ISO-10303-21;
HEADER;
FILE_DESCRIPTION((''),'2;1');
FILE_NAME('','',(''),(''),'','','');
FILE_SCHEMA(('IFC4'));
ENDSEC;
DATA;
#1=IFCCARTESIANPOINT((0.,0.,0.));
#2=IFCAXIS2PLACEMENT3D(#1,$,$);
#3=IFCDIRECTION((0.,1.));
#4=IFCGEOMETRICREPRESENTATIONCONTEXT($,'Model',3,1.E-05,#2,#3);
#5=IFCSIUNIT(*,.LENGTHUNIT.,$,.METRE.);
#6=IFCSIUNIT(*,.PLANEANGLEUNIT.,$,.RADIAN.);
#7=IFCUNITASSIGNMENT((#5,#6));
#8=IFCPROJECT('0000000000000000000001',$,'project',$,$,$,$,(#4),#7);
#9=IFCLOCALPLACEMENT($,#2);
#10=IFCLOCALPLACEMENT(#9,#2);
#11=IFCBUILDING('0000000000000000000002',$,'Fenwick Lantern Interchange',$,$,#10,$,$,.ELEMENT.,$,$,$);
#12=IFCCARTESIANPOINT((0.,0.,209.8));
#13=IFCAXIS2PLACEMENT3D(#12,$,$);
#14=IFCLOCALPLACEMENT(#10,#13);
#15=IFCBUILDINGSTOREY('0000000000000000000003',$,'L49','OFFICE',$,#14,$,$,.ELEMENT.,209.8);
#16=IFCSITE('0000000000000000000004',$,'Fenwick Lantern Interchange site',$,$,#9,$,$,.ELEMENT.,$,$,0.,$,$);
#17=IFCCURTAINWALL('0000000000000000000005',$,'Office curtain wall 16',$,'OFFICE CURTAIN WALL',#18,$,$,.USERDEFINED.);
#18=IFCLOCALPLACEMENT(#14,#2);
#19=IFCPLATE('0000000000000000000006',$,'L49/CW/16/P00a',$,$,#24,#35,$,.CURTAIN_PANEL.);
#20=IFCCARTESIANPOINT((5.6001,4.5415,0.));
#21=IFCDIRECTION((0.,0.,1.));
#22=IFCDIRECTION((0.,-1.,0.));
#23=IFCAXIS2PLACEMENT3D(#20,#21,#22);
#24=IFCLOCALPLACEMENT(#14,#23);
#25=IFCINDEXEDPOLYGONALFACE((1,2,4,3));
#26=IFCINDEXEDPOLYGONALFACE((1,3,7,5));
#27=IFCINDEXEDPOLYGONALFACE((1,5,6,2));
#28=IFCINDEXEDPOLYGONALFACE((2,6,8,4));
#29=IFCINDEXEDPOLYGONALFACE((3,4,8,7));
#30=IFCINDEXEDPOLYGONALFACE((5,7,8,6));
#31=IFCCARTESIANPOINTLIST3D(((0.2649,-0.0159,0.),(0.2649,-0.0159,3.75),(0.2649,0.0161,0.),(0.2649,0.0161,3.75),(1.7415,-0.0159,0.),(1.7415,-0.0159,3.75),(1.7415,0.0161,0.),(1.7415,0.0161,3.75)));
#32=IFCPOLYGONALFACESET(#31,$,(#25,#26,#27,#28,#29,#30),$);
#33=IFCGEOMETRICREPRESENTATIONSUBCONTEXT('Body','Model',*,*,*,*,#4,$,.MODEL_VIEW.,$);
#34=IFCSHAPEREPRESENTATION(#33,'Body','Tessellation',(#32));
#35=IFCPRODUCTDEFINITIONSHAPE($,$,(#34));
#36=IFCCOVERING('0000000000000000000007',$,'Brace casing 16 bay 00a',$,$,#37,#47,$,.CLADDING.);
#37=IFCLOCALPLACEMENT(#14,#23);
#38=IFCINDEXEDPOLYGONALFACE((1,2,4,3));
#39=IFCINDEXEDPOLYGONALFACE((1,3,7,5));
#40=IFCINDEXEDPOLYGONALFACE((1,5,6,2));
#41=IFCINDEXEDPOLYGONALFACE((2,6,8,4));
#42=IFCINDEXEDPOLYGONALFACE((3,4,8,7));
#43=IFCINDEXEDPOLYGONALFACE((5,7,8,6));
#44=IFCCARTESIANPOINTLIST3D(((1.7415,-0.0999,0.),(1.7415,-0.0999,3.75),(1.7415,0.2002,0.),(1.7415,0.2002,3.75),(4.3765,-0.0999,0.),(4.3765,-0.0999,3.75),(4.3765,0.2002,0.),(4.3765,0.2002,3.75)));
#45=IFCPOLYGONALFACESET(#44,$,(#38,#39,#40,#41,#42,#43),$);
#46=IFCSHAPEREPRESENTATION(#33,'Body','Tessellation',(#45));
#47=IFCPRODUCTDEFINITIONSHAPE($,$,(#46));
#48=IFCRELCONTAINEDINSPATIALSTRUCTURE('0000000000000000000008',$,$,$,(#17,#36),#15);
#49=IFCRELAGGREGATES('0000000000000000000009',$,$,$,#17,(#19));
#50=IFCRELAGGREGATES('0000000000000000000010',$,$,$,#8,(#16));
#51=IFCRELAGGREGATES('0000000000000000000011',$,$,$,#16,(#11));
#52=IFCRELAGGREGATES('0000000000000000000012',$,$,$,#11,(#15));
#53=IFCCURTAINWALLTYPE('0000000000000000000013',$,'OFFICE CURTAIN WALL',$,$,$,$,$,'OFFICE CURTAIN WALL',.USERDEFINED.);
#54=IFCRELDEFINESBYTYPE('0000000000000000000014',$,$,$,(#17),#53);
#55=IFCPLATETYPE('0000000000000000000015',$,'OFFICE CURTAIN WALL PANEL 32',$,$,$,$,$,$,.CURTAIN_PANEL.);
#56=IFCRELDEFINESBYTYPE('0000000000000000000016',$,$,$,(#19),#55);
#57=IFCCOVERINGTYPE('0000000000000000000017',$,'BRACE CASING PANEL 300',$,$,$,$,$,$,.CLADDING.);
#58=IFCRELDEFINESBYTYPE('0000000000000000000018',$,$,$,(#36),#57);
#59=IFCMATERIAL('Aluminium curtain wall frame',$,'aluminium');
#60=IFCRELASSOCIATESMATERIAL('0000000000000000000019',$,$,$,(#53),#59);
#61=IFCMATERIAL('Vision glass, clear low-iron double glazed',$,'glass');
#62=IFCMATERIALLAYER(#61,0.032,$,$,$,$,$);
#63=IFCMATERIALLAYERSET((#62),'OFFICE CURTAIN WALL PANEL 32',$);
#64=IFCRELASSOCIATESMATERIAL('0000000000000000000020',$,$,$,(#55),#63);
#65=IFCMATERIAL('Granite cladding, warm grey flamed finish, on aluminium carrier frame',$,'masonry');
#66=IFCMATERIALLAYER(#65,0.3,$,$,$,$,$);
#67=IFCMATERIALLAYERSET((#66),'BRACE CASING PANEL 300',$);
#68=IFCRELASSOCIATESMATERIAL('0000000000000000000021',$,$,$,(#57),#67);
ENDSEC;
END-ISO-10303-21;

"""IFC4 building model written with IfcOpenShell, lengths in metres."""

from ifc_helpers import new_model, si_unit, direction, frame, origin, place, context, subcontext, project, spatial, polyline, outline, extrude, material, layer, layer_set, type_object, element, aggregate, save


model = new_model("IFC4")

# Units and contexts
model_context = context("Model", 3, precision=1e-05, world=origin(), true_north=direction((0.0, 1.0)))
body_context = subcontext(model_context, "Body", "Model", "MODEL_VIEW")
ifc_project = project(units=[si_unit("LENGTHUNIT", "METRE"), si_unit("PLANEANGLEUNIT", "RADIAN")], contexts=[model_context])

# Site, building, storey
site_placement = place(None, origin())
site = spatial("IfcSite", under=ifc_project, at=site_placement, Name="Fenwick Lantern Interchange site", CompositionType="ELEMENT", RefElevation=0.0)
building_placement = place(site_placement, origin())
building = spatial("IfcBuilding", under=site, at=building_placement, Name="Fenwick Lantern Interchange", CompositionType="ELEMENT")
storey_placement = place(building_placement, frame((0.0, 0.0, 209.8)))
storey = spatial("IfcBuildingStorey", under=building, at=storey_placement, Name="L49", Description="OFFICE", CompositionType="ELEMENT", Elevation=209.8)

# Shared definitions
ifc_material_1 = material(Name="Aluminium curtain wall frame", Category="aluminium")
curtain_wall_type = type_object("IfcCurtainWallType", Name="OFFICE CURTAIN WALL", ElementType="OFFICE CURTAIN WALL", PredefinedType="USERDEFINED", material=ifc_material_1)

# Curtain wall
curtain_wall_1_placement = place(storey_placement, origin())
curtain_wall_1 = element("IfcCurtainWall", 1, at=curtain_wall_1_placement, inside=storey, type_object=curtain_wall_type, Name="Office curtain wall 16", ObjectType="OFFICE CURTAIN WALL", PredefinedType="USERDEFINED")

# Plate
ifc_material_2 = material(Name="Vision glass, clear low-iron double glazed", Category="glass")
ifc_layer_1 = layer(ifc_material_2, 0.032)
ifc_layer_set_1 = layer_set([ifc_layer_1], Name="OFFICE CURTAIN WALL PANEL 32")
plate_type = type_object("IfcPlateType", Name="OFFICE CURTAIN WALL PANEL 32", PredefinedType="CURTAIN_PANEL", material=ifc_layer_set_1)
plate_placement = place(storey_placement, frame((5.6001, 4.5415, 0.0), z_axis=(0.0, 0.0, 1.0), x_axis=(0.0, -1.0, 0.0)))
plate = element("IfcPlate", 2, at=plate_placement, type_object=plate_type, Name="L49/CW/16/P00a", PredefinedType="CURTAIN_PANEL", context=body_context, shape_type="SweptSolid", body=[
    extrude(outline(polyline([(0.2649, 0.0), (1.7415, 0.0), (1.7415, 3.75), (0.2649, 3.75), (0.2649, 0.0)])), frame((0.0, 0.0161, 0.0), z_axis=(0.0, -1.0, 0.0), x_axis=(1.0, 0.0, 0.0)), (0.0, 0.0, 1.0), 0.032),
])
aggregate(curtain_wall_1, [plate])

# Covering
ifc_material_3 = material(Name="Granite cladding, warm grey flamed finish, on aluminium carrier frame", Category="masonry")
ifc_layer_2 = layer(ifc_material_3, 0.3)
ifc_layer_set_2 = layer_set([ifc_layer_2], Name="BRACE CASING PANEL 300")
covering_type = type_object("IfcCoveringType", Name="BRACE CASING PANEL 300", PredefinedType="CLADDING", material=ifc_layer_set_2)
covering_placement = place(storey_placement, frame((5.6001, 4.5415, 0.0), z_axis=(0.0, 0.0, 1.0), x_axis=(0.0, -1.0, 0.0)))
element("IfcCovering", 3, at=covering_placement, inside=storey, type_object=covering_type, Name="Brace casing 16 bay 00a", PredefinedType="CLADDING", context=body_context, shape_type="SweptSolid", body=[
    extrude(outline(polyline([(1.7415, 0.0), (4.3765, 0.0), (4.3765, 3.75), (1.7415, 3.75), (1.7415, 0.0)])), frame((0.0, 0.2002, 0.0), z_axis=(0.0, -1.0, 0.0), x_axis=(1.0, 0.0, 0.0)), (0.0, 0.0, 1.0), 0.3),
])

save(model, "model.ifc")
